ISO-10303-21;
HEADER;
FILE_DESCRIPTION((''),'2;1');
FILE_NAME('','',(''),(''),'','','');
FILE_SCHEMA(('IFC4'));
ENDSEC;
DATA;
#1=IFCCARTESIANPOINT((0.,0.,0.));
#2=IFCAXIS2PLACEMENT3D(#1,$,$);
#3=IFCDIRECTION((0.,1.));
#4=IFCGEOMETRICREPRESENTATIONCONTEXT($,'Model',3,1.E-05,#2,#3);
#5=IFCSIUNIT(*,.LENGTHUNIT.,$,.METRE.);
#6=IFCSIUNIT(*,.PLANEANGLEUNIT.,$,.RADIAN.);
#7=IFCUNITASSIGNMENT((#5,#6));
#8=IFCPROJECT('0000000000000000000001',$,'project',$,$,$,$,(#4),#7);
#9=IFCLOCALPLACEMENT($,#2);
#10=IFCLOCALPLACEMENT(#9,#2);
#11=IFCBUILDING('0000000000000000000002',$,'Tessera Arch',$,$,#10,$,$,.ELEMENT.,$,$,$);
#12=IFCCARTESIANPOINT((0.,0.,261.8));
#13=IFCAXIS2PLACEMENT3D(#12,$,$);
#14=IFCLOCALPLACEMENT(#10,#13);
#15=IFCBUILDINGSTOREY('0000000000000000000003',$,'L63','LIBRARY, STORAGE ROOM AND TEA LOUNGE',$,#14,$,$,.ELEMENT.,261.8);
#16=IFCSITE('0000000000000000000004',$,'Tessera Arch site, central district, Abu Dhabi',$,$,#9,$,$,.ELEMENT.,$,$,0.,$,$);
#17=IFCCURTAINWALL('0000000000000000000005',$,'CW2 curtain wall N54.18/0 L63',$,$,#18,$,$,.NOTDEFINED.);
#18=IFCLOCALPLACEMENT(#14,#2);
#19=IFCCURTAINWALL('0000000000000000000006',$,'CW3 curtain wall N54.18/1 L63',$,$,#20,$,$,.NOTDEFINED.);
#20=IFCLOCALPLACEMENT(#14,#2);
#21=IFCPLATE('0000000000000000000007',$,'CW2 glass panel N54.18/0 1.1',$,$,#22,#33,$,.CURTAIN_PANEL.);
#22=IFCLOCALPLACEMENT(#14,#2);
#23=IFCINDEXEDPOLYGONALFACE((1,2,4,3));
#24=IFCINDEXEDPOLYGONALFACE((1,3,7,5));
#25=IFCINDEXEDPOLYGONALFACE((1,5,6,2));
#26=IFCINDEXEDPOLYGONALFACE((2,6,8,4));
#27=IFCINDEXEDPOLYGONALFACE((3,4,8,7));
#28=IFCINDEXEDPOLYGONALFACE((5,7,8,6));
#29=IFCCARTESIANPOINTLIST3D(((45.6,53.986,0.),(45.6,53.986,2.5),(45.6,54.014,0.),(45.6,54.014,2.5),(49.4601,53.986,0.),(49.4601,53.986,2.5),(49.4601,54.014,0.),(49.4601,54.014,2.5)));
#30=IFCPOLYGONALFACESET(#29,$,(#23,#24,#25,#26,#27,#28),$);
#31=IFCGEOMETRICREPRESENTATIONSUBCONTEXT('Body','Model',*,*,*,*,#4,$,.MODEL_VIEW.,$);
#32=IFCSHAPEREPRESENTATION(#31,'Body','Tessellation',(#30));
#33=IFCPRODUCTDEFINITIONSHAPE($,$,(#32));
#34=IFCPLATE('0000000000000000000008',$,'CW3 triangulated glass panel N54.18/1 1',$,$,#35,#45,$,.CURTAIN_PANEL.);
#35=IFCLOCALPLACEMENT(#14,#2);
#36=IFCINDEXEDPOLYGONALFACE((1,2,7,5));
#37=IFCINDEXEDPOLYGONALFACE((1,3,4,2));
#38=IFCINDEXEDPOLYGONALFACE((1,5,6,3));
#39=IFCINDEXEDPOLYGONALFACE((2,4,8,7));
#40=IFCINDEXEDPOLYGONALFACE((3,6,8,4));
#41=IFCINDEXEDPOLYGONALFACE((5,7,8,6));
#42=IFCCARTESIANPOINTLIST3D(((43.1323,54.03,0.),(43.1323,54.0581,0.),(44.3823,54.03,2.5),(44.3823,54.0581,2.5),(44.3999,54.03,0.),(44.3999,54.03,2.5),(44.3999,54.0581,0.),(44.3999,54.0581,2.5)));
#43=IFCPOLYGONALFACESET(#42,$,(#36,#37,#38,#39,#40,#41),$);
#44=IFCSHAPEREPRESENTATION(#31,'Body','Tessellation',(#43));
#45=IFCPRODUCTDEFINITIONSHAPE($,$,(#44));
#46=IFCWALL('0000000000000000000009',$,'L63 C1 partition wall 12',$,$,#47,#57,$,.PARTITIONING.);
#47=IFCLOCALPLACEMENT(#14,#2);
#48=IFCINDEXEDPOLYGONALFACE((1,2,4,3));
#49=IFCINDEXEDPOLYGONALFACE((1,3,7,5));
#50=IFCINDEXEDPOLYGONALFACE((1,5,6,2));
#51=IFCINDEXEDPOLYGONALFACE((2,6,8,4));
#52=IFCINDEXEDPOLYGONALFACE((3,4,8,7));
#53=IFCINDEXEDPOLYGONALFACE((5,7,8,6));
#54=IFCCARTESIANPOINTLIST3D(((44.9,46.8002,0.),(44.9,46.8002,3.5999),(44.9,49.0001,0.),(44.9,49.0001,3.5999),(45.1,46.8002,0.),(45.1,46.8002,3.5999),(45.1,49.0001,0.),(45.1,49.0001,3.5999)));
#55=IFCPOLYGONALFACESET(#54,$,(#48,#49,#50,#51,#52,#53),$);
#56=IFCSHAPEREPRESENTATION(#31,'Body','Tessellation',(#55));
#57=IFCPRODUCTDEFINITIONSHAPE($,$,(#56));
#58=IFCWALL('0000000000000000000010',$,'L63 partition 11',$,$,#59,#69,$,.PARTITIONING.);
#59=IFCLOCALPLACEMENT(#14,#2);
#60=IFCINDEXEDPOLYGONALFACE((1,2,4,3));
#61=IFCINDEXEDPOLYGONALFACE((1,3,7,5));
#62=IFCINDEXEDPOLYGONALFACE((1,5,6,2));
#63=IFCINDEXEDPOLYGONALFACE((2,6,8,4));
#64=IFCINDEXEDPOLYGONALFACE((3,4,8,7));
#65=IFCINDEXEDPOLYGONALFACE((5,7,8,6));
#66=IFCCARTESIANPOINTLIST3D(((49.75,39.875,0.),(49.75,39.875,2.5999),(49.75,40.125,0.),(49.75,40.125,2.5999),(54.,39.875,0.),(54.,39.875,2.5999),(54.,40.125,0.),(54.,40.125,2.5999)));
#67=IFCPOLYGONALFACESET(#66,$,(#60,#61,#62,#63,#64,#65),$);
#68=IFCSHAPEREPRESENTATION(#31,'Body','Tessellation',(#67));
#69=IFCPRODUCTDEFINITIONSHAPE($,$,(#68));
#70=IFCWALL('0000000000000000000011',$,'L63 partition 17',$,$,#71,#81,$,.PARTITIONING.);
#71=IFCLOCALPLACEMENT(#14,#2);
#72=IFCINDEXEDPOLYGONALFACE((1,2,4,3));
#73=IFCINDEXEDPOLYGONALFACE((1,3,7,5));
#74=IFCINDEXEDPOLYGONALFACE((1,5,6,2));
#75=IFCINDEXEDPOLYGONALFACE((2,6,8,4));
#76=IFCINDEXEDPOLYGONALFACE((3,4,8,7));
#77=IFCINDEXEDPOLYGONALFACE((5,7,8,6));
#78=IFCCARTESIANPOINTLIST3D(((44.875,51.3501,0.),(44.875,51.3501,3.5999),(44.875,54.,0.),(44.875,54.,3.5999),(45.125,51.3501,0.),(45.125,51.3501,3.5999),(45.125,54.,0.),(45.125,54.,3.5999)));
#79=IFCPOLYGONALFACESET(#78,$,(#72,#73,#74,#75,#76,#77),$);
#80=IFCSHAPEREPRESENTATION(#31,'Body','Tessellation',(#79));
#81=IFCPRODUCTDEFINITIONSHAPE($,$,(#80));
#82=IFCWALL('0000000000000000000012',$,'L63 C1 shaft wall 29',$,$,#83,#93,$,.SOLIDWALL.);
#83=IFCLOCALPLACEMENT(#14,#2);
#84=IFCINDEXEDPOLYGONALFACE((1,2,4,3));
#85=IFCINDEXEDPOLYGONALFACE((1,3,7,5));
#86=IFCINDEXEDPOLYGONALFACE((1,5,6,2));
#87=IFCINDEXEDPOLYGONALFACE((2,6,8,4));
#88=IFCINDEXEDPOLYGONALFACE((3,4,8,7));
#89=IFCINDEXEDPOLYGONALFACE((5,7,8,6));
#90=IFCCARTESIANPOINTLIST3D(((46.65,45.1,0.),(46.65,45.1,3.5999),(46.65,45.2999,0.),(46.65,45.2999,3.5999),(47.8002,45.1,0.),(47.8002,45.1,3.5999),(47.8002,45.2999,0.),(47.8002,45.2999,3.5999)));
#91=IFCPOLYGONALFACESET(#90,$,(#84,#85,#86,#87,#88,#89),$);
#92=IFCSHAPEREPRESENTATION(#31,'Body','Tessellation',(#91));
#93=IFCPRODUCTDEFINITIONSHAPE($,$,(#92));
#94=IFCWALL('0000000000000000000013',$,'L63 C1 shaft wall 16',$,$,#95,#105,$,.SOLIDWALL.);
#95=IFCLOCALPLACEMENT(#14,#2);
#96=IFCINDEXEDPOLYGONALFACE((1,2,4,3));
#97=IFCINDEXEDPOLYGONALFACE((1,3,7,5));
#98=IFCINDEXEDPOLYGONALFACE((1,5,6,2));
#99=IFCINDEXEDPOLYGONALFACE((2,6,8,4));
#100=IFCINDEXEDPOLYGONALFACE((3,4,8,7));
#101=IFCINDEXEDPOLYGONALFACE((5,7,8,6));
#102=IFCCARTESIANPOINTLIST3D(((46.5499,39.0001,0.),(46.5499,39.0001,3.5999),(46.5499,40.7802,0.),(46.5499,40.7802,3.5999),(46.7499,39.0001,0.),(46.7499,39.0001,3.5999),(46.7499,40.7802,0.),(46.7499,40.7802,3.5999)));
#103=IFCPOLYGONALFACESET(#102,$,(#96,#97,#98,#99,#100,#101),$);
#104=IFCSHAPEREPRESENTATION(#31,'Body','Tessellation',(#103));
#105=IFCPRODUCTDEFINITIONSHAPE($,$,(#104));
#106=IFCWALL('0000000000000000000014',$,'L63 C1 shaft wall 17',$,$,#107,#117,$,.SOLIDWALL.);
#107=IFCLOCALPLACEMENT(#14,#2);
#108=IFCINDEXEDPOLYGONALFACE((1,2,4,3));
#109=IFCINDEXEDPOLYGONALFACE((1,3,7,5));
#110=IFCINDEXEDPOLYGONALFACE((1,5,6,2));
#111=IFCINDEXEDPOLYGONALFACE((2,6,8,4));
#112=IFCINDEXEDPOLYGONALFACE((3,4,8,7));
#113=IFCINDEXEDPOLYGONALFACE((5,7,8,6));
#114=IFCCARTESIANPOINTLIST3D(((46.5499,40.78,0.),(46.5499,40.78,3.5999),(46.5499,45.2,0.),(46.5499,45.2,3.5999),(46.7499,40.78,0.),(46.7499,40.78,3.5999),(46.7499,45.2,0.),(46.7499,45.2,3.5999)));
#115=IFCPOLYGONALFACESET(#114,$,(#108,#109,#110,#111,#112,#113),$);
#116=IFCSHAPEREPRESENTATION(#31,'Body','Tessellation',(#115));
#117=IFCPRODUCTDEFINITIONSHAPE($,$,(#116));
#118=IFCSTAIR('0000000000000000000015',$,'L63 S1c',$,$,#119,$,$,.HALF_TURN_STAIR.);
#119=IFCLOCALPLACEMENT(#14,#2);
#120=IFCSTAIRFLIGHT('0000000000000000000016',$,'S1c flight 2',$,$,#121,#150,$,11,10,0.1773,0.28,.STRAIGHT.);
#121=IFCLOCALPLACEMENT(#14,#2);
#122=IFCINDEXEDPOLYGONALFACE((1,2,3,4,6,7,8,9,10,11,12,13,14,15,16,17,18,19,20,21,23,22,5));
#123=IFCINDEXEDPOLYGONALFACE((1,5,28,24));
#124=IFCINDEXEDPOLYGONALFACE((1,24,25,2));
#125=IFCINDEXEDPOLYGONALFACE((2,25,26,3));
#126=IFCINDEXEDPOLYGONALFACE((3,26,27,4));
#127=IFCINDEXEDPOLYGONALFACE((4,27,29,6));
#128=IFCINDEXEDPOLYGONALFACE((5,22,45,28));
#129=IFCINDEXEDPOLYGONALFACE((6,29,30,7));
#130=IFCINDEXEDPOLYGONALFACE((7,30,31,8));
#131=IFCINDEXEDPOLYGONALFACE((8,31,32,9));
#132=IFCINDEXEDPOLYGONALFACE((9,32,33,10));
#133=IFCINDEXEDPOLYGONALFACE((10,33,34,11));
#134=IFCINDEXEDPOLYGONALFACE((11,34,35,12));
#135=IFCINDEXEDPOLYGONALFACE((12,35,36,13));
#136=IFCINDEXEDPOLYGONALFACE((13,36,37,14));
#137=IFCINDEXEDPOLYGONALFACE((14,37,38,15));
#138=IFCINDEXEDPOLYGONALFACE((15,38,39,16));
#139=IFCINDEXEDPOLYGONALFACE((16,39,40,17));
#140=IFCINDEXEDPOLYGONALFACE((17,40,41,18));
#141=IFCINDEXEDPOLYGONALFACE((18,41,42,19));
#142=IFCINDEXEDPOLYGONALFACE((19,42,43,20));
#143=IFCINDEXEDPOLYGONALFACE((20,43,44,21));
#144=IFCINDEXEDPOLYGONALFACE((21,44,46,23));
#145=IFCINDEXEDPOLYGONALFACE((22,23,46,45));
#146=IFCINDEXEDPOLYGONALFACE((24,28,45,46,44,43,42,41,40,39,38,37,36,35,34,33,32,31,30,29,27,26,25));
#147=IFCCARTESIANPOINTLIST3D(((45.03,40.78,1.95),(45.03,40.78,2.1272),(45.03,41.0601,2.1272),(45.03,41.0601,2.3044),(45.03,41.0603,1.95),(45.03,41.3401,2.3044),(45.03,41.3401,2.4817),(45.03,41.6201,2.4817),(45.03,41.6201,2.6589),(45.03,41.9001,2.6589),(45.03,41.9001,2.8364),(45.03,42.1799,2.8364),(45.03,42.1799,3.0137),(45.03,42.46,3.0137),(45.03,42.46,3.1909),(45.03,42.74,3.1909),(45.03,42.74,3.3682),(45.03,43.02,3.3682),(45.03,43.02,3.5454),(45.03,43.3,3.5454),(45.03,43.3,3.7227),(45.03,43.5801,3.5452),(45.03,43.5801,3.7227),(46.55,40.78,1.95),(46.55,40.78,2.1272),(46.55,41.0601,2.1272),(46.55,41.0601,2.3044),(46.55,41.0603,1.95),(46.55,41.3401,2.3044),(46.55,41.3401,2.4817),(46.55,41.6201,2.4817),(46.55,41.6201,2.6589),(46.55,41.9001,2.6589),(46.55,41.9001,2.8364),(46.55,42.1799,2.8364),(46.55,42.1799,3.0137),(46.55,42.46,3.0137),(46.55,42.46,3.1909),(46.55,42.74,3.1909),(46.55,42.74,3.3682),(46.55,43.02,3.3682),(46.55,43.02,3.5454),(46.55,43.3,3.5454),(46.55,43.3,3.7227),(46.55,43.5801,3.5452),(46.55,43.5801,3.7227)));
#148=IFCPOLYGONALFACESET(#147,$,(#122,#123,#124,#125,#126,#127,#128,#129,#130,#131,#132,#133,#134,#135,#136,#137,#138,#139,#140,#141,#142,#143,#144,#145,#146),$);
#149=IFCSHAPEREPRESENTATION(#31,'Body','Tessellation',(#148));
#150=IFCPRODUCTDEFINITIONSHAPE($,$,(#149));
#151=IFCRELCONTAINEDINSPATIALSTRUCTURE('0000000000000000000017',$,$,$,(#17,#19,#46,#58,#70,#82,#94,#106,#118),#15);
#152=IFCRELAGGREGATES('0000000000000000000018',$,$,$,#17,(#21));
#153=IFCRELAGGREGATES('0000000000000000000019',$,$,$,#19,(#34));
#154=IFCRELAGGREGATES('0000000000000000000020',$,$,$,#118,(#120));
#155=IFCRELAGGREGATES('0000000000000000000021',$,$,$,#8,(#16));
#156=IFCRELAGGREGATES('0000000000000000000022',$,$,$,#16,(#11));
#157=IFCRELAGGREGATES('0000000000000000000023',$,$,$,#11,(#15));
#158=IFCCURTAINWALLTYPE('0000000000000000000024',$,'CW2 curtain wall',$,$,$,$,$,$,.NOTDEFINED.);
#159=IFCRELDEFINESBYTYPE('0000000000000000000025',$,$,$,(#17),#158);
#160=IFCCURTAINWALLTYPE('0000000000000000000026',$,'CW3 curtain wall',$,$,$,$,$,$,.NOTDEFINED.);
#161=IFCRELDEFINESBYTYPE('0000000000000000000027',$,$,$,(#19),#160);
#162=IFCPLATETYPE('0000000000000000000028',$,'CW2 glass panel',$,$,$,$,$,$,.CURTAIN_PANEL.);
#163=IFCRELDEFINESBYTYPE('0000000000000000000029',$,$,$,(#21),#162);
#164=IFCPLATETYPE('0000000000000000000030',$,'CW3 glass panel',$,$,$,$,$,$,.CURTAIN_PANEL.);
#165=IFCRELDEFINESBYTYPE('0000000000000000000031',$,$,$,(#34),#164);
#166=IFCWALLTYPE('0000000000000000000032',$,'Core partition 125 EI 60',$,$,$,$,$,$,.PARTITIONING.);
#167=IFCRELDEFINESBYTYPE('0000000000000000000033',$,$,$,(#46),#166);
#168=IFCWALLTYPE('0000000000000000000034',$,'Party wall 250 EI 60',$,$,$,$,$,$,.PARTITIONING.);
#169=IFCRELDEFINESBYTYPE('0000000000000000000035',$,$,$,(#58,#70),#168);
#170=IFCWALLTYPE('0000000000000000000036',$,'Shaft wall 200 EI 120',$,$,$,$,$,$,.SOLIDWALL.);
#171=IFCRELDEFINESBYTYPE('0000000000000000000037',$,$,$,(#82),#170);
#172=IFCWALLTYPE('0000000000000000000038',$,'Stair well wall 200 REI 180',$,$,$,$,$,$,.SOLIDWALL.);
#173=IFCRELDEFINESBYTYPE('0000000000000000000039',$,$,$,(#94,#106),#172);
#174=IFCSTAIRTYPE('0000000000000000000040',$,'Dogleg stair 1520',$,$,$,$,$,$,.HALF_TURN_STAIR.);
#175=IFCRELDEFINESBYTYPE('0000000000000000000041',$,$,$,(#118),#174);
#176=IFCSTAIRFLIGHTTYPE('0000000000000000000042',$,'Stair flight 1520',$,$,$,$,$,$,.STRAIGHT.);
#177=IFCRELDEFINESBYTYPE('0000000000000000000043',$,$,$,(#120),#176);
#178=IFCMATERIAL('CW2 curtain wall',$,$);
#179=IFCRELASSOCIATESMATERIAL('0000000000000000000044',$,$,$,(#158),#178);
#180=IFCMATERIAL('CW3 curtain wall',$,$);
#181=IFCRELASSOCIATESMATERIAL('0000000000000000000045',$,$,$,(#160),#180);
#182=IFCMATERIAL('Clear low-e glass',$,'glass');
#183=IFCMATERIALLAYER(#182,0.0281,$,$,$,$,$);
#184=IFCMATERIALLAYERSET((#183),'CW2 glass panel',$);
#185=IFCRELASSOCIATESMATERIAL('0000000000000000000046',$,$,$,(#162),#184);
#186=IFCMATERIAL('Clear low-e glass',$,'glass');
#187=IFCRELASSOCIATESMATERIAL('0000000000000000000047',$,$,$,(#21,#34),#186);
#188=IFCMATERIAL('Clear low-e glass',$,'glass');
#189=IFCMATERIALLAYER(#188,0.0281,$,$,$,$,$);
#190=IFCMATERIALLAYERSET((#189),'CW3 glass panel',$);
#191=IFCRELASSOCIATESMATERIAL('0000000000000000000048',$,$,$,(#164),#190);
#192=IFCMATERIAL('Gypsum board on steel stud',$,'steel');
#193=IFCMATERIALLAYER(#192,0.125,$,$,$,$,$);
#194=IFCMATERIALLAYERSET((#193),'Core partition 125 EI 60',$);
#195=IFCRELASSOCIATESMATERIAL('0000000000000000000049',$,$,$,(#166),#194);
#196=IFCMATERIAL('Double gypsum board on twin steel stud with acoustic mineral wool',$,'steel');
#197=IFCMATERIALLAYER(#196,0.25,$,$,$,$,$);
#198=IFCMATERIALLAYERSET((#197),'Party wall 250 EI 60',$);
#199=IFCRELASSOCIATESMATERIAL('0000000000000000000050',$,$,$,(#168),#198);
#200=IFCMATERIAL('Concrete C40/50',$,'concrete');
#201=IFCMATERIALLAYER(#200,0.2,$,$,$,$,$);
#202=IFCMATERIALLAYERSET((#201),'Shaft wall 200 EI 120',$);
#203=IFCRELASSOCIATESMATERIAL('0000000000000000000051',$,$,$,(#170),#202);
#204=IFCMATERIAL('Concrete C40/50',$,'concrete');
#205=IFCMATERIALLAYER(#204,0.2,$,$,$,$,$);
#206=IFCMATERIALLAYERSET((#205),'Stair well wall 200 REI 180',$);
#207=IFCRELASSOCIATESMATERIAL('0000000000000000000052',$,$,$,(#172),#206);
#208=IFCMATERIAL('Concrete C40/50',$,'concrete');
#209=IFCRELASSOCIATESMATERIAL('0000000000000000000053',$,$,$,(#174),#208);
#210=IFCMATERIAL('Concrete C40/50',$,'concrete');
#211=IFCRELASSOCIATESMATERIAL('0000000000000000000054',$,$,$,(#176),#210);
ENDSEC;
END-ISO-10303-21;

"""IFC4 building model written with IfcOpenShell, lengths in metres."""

from ifc_helpers import new_model, si_unit, direction, frame, frame_2d, origin, origin_2d, place, context, subcontext, project, spatial, polyline, rectangle, outline, extrude, material, layer, layer_set, type_object, element, aggregate, save


model = new_model("IFC4")

# Units and contexts
model_context = context("Model", 3, precision=1e-05, world=origin(), true_north=direction((0.0, 1.0)))
body_context = subcontext(model_context, "Body", "Model", "MODEL_VIEW")
ifc_project = project(units=[si_unit("LENGTHUNIT", "METRE"), si_unit("PLANEANGLEUNIT", "RADIAN")], contexts=[model_context])

# Site, building, storey
site_placement = place(None, origin())
site = spatial("IfcSite", under=ifc_project, at=site_placement, Name="Tessera Arch site, central district, Abu Dhabi", CompositionType="ELEMENT", RefElevation=0.0)
building_placement = place(site_placement, origin())
building = spatial("IfcBuilding", under=site, at=building_placement, Name="Tessera Arch", CompositionType="ELEMENT")
storey_placement = place(building_placement, frame((0.0, 0.0, 261.8)))
storey = spatial("IfcBuildingStorey", under=building, at=storey_placement, Name="L63", Description="LIBRARY, STORAGE ROOM AND TEA LOUNGE", CompositionType="ELEMENT", Elevation=261.8)

# Curtain walls
ifc_material_1 = material(Name="CW2 curtain wall")
curtain_wall_type_1 = type_object("IfcCurtainWallType", Name="CW2 curtain wall", PredefinedType="NOTDEFINED", material=ifc_material_1)
curtain_wall_1_placement = place(storey_placement, origin())
curtain_wall_1 = element("IfcCurtainWall", 1, at=curtain_wall_1_placement, inside=storey, type_object=curtain_wall_type_1, Name="CW2 curtain wall N54.18/0 L63", PredefinedType="NOTDEFINED")
ifc_material_2 = material(Name="CW3 curtain wall")
curtain_wall_type_2 = type_object("IfcCurtainWallType", Name="CW3 curtain wall", PredefinedType="NOTDEFINED", material=ifc_material_2)
curtain_wall_2_placement = place(storey_placement, origin())
curtain_wall_2 = element("IfcCurtainWall", 2, at=curtain_wall_2_placement, inside=storey, type_object=curtain_wall_type_2, Name="CW3 curtain wall N54.18/1 L63", PredefinedType="NOTDEFINED")

# Plates
ifc_material_3 = material(Name="Clear low-e glass", Category="glass")
ifc_material_4 = material(Name="Clear low-e glass", Category="glass")
ifc_layer_1 = layer(ifc_material_4, 0.0281)
ifc_layer_set_1 = layer_set([ifc_layer_1], Name="CW2 glass panel")
plate_type_1 = type_object("IfcPlateType", Name="CW2 glass panel", PredefinedType="CURTAIN_PANEL", material=ifc_layer_set_1)
plate_1_placement = place(storey_placement, frame((47.53, 54.0, 0.0), z_axis=(0.0, 0.0, 1.0), x_axis=(-1.0, 0.0, 0.0)))
plate_1 = element("IfcPlate", 3, at=plate_1_placement, type_object=plate_type_1, material=ifc_material_3, Name="CW2 glass panel N54.18/0 1.1", PredefinedType="CURTAIN_PANEL", context=body_context, shape_type="SweptSolid", body=[
    extrude(rectangle(XDim=3.8601, YDim=0.0281, at=origin_2d()), origin(), (0.0, 0.0, 1.0), 2.5),
])
aggregate(curtain_wall_1, [plate_1])
ifc_material_5 = material(Name="Clear low-e glass", Category="glass")
ifc_layer_2 = layer(ifc_material_5, 0.0281)
ifc_layer_set_2 = layer_set([ifc_layer_2], Name="CW3 glass panel")
plate_type_2 = type_object("IfcPlateType", Name="CW3 glass panel", PredefinedType="CURTAIN_PANEL", material=ifc_layer_set_2)
plate_2_placement = place(storey_placement, frame((44.3999, 54.0581, 0.0), z_axis=(0.0, 1.0, 0.0), x_axis=(-1.0, 0.0, 0.0)))
plate_2 = element("IfcPlate", 4, at=plate_2_placement, type_object=plate_type_2, material=ifc_material_3, Name="CW3 triangulated glass panel N54.18/1 1", PredefinedType="CURTAIN_PANEL", context=body_context, shape_type="SweptSolid", body=[
    extrude(outline(polyline([(0.0, 0.0), (1.2676, 0.0), (0.0176, 2.5), (0.0, 2.5), (0.0, 0.0)])), origin(), (0.0, 0.0, -1.0), 0.0281),
])
aggregate(curtain_wall_2, [plate_2])

# Walls
ifc_material_6 = material(Name="Gypsum board on steel stud", Category="steel")
ifc_layer_3 = layer(ifc_material_6, 0.125)
ifc_layer_set_3 = layer_set([ifc_layer_3], Name="Core partition 125 EI 60")
wall_type_1 = type_object("IfcWallType", Name="Core partition 125 EI 60", PredefinedType="PARTITIONING", material=ifc_layer_set_3)
wall_1_placement = place(storey_placement, frame((45.0, 46.8, 0.0), z_axis=(0.0, 0.0, 1.0), x_axis=(0.0, 1.0, 0.0)))
element("IfcWall", 5, at=wall_1_placement, inside=storey, type_object=wall_type_1, Name="L63 C1 partition wall 12", PredefinedType="PARTITIONING", context=body_context, shape_type="SweptSolid", body=[
    extrude(rectangle(XDim=2.2, YDim=0.2, at=frame_2d((1.1001, 0.0))), origin(), (0.0, 0.0, 1.0), 3.5999),
])
ifc_material_7 = material(Name="Double gypsum board on twin steel stud with acoustic mineral wool", Category="steel")
ifc_layer_4 = layer(ifc_material_7, 0.25)
ifc_layer_set_4 = layer_set([ifc_layer_4], Name="Party wall 250 EI 60")
wall_type_2 = type_object("IfcWallType", Name="Party wall 250 EI 60", PredefinedType="PARTITIONING", material=ifc_layer_set_4)
wall_2_placement = place(storey_placement, frame((49.75, 40.0, 0.0), z_axis=(0.0, 0.0, 1.0), x_axis=(1.0, 0.0, 0.0)))
element("IfcWall", 6, at=wall_2_placement, inside=storey, type_object=wall_type_2, Name="L63 partition 11", PredefinedType="PARTITIONING", context=body_context, shape_type="SweptSolid", body=[
    extrude(rectangle(XDim=4.25, YDim=0.25, at=frame_2d((2.125, 0.0))), origin(), (0.0, 0.0, 1.0), 2.5999),
])
wall_3_placement = place(storey_placement, frame((45.0, 51.3501, 0.0), z_axis=(0.0, 0.0, 1.0), x_axis=(0.0, 1.0, 0.0)))
element("IfcWall", 7, at=wall_3_placement, inside=storey, type_object=wall_type_2, Name="L63 partition 17", PredefinedType="PARTITIONING", context=body_context, shape_type="SweptSolid", body=[
    extrude(rectangle(XDim=2.6499, YDim=0.25, at=frame_2d((1.325, 0.0))), origin(), (0.0, 0.0, 1.0), 3.5999),
])
ifc_material_8 = material(Name="Concrete C40/50", Category="concrete")
ifc_layer_5 = layer(ifc_material_8, 0.2)
ifc_layer_set_5 = layer_set([ifc_layer_5], Name="Shaft wall 200 EI 120")
wall_type_3 = type_object("IfcWallType", Name="Shaft wall 200 EI 120", PredefinedType="SOLIDWALL", material=ifc_layer_set_5)
wall_4_placement = place(storey_placement, frame((46.6499, 45.2, 0.0), z_axis=(0.0, 0.0, 1.0), x_axis=(1.0, 0.0, 0.0)))
element("IfcWall", 8, at=wall_4_placement, inside=storey, type_object=wall_type_3, Name="L63 C1 shaft wall 29", PredefinedType="SOLIDWALL", context=body_context, shape_type="SweptSolid", body=[
    extrude(rectangle(XDim=1.1501, YDim=0.2, at=frame_2d((0.5752, 0.0))), origin(), (0.0, 0.0, 1.0), 3.5999),
])
ifc_material_9 = material(Name="Concrete C40/50", Category="concrete")
ifc_layer_6 = layer(ifc_material_9, 0.2)
ifc_layer_set_6 = layer_set([ifc_layer_6], Name="Stair well wall 200 REI 180")
wall_type_4 = type_object("IfcWallType", Name="Stair well wall 200 REI 180", PredefinedType="SOLIDWALL", material=ifc_layer_set_6)
wall_5_placement = place(storey_placement, frame((46.6499, 39.0, 0.0), z_axis=(0.0, 0.0, 1.0), x_axis=(0.0, 1.0, 0.0)))
element("IfcWall", 9, at=wall_5_placement, inside=storey, type_object=wall_type_4, Name="L63 C1 shaft wall 16", PredefinedType="SOLIDWALL", context=body_context, shape_type="SweptSolid", body=[
    extrude(rectangle(XDim=1.78, YDim=0.2, at=frame_2d((0.8901, 0.0))), origin(), (0.0, 0.0, 1.0), 3.5999),
])
wall_6_placement = place(storey_placement, frame((46.6499, 40.78, 0.0), z_axis=(0.0, 0.0, 1.0), x_axis=(0.0, 1.0, 0.0)))
element("IfcWall", 10, at=wall_6_placement, inside=storey, type_object=wall_type_4, Name="L63 C1 shaft wall 17", PredefinedType="SOLIDWALL", context=body_context, shape_type="SweptSolid", body=[
    extrude(rectangle(XDim=4.4199, YDim=0.2, at=frame_2d((2.21, 0.0))), origin(), (0.0, 0.0, 1.0), 3.5999),
])

# Stair, stair flight
ifc_material_10 = material(Name="Concrete C40/50", Category="concrete")
stair_type = type_object("IfcStairType", Name="Dogleg stair 1520", PredefinedType="HALF_TURN_STAIR", material=ifc_material_10)
stair_placement = place(storey_placement, origin())
stair = element("IfcStair", 11, at=stair_placement, inside=storey, type_object=stair_type, Name="L63 S1c", PredefinedType="HALF_TURN_STAIR")
ifc_material_11 = material(Name="Concrete C40/50", Category="concrete")
stair_flight_type = type_object("IfcStairFlightType", Name="Stair flight 1520", PredefinedType="STRAIGHT", material=ifc_material_11)
stair_flight_placement = place(storey_placement, frame((45.79, 40.78, 1.95), z_axis=(0.0, 0.0, 1.0), x_axis=(0.0, 1.0, 0.0)))
stair_flight = element("IfcStairFlight", 12, at=stair_flight_placement, type_object=stair_flight_type, Name="S1c flight 2", NumberOfRisers=11, NumberOfTreads=10, PredefinedType="STRAIGHT", RiserHeight=0.1773, TreadLength=0.28, context=body_context, shape_type="SweptSolid", body=[
    extrude(outline(polyline([(0.0, 0.0), (0.0, 0.1772), (0.28, 0.1772), (0.28, 0.3545), (0.5601, 0.3545), (0.5601, 0.5317), (0.8401, 0.5317), (0.8401, 0.709), (1.1201, 0.709), (1.1201, 0.8865), (1.3999, 0.8865), (1.3999, 1.0637), (1.6799, 1.0637), (1.6799, 1.241), (1.96, 1.241), (1.96, 1.4182), (2.24, 1.4182), (2.24, 1.5955), (2.52, 1.5955), (2.52, 1.7727), (2.8, 1.7727), (2.8, 1.95), (2.8, 1.5952), (0.2803, 0.0), (0.0, 0.0)])), frame((0.0, 0.76, 0.0), z_axis=(0.0, -1.0, 0.0), x_axis=(1.0, 0.0, 0.0)), (0.0, 0.0, 1.0), 1.52),
])
aggregate(stair, [stair_flight])

save(model, "model.ifc")
